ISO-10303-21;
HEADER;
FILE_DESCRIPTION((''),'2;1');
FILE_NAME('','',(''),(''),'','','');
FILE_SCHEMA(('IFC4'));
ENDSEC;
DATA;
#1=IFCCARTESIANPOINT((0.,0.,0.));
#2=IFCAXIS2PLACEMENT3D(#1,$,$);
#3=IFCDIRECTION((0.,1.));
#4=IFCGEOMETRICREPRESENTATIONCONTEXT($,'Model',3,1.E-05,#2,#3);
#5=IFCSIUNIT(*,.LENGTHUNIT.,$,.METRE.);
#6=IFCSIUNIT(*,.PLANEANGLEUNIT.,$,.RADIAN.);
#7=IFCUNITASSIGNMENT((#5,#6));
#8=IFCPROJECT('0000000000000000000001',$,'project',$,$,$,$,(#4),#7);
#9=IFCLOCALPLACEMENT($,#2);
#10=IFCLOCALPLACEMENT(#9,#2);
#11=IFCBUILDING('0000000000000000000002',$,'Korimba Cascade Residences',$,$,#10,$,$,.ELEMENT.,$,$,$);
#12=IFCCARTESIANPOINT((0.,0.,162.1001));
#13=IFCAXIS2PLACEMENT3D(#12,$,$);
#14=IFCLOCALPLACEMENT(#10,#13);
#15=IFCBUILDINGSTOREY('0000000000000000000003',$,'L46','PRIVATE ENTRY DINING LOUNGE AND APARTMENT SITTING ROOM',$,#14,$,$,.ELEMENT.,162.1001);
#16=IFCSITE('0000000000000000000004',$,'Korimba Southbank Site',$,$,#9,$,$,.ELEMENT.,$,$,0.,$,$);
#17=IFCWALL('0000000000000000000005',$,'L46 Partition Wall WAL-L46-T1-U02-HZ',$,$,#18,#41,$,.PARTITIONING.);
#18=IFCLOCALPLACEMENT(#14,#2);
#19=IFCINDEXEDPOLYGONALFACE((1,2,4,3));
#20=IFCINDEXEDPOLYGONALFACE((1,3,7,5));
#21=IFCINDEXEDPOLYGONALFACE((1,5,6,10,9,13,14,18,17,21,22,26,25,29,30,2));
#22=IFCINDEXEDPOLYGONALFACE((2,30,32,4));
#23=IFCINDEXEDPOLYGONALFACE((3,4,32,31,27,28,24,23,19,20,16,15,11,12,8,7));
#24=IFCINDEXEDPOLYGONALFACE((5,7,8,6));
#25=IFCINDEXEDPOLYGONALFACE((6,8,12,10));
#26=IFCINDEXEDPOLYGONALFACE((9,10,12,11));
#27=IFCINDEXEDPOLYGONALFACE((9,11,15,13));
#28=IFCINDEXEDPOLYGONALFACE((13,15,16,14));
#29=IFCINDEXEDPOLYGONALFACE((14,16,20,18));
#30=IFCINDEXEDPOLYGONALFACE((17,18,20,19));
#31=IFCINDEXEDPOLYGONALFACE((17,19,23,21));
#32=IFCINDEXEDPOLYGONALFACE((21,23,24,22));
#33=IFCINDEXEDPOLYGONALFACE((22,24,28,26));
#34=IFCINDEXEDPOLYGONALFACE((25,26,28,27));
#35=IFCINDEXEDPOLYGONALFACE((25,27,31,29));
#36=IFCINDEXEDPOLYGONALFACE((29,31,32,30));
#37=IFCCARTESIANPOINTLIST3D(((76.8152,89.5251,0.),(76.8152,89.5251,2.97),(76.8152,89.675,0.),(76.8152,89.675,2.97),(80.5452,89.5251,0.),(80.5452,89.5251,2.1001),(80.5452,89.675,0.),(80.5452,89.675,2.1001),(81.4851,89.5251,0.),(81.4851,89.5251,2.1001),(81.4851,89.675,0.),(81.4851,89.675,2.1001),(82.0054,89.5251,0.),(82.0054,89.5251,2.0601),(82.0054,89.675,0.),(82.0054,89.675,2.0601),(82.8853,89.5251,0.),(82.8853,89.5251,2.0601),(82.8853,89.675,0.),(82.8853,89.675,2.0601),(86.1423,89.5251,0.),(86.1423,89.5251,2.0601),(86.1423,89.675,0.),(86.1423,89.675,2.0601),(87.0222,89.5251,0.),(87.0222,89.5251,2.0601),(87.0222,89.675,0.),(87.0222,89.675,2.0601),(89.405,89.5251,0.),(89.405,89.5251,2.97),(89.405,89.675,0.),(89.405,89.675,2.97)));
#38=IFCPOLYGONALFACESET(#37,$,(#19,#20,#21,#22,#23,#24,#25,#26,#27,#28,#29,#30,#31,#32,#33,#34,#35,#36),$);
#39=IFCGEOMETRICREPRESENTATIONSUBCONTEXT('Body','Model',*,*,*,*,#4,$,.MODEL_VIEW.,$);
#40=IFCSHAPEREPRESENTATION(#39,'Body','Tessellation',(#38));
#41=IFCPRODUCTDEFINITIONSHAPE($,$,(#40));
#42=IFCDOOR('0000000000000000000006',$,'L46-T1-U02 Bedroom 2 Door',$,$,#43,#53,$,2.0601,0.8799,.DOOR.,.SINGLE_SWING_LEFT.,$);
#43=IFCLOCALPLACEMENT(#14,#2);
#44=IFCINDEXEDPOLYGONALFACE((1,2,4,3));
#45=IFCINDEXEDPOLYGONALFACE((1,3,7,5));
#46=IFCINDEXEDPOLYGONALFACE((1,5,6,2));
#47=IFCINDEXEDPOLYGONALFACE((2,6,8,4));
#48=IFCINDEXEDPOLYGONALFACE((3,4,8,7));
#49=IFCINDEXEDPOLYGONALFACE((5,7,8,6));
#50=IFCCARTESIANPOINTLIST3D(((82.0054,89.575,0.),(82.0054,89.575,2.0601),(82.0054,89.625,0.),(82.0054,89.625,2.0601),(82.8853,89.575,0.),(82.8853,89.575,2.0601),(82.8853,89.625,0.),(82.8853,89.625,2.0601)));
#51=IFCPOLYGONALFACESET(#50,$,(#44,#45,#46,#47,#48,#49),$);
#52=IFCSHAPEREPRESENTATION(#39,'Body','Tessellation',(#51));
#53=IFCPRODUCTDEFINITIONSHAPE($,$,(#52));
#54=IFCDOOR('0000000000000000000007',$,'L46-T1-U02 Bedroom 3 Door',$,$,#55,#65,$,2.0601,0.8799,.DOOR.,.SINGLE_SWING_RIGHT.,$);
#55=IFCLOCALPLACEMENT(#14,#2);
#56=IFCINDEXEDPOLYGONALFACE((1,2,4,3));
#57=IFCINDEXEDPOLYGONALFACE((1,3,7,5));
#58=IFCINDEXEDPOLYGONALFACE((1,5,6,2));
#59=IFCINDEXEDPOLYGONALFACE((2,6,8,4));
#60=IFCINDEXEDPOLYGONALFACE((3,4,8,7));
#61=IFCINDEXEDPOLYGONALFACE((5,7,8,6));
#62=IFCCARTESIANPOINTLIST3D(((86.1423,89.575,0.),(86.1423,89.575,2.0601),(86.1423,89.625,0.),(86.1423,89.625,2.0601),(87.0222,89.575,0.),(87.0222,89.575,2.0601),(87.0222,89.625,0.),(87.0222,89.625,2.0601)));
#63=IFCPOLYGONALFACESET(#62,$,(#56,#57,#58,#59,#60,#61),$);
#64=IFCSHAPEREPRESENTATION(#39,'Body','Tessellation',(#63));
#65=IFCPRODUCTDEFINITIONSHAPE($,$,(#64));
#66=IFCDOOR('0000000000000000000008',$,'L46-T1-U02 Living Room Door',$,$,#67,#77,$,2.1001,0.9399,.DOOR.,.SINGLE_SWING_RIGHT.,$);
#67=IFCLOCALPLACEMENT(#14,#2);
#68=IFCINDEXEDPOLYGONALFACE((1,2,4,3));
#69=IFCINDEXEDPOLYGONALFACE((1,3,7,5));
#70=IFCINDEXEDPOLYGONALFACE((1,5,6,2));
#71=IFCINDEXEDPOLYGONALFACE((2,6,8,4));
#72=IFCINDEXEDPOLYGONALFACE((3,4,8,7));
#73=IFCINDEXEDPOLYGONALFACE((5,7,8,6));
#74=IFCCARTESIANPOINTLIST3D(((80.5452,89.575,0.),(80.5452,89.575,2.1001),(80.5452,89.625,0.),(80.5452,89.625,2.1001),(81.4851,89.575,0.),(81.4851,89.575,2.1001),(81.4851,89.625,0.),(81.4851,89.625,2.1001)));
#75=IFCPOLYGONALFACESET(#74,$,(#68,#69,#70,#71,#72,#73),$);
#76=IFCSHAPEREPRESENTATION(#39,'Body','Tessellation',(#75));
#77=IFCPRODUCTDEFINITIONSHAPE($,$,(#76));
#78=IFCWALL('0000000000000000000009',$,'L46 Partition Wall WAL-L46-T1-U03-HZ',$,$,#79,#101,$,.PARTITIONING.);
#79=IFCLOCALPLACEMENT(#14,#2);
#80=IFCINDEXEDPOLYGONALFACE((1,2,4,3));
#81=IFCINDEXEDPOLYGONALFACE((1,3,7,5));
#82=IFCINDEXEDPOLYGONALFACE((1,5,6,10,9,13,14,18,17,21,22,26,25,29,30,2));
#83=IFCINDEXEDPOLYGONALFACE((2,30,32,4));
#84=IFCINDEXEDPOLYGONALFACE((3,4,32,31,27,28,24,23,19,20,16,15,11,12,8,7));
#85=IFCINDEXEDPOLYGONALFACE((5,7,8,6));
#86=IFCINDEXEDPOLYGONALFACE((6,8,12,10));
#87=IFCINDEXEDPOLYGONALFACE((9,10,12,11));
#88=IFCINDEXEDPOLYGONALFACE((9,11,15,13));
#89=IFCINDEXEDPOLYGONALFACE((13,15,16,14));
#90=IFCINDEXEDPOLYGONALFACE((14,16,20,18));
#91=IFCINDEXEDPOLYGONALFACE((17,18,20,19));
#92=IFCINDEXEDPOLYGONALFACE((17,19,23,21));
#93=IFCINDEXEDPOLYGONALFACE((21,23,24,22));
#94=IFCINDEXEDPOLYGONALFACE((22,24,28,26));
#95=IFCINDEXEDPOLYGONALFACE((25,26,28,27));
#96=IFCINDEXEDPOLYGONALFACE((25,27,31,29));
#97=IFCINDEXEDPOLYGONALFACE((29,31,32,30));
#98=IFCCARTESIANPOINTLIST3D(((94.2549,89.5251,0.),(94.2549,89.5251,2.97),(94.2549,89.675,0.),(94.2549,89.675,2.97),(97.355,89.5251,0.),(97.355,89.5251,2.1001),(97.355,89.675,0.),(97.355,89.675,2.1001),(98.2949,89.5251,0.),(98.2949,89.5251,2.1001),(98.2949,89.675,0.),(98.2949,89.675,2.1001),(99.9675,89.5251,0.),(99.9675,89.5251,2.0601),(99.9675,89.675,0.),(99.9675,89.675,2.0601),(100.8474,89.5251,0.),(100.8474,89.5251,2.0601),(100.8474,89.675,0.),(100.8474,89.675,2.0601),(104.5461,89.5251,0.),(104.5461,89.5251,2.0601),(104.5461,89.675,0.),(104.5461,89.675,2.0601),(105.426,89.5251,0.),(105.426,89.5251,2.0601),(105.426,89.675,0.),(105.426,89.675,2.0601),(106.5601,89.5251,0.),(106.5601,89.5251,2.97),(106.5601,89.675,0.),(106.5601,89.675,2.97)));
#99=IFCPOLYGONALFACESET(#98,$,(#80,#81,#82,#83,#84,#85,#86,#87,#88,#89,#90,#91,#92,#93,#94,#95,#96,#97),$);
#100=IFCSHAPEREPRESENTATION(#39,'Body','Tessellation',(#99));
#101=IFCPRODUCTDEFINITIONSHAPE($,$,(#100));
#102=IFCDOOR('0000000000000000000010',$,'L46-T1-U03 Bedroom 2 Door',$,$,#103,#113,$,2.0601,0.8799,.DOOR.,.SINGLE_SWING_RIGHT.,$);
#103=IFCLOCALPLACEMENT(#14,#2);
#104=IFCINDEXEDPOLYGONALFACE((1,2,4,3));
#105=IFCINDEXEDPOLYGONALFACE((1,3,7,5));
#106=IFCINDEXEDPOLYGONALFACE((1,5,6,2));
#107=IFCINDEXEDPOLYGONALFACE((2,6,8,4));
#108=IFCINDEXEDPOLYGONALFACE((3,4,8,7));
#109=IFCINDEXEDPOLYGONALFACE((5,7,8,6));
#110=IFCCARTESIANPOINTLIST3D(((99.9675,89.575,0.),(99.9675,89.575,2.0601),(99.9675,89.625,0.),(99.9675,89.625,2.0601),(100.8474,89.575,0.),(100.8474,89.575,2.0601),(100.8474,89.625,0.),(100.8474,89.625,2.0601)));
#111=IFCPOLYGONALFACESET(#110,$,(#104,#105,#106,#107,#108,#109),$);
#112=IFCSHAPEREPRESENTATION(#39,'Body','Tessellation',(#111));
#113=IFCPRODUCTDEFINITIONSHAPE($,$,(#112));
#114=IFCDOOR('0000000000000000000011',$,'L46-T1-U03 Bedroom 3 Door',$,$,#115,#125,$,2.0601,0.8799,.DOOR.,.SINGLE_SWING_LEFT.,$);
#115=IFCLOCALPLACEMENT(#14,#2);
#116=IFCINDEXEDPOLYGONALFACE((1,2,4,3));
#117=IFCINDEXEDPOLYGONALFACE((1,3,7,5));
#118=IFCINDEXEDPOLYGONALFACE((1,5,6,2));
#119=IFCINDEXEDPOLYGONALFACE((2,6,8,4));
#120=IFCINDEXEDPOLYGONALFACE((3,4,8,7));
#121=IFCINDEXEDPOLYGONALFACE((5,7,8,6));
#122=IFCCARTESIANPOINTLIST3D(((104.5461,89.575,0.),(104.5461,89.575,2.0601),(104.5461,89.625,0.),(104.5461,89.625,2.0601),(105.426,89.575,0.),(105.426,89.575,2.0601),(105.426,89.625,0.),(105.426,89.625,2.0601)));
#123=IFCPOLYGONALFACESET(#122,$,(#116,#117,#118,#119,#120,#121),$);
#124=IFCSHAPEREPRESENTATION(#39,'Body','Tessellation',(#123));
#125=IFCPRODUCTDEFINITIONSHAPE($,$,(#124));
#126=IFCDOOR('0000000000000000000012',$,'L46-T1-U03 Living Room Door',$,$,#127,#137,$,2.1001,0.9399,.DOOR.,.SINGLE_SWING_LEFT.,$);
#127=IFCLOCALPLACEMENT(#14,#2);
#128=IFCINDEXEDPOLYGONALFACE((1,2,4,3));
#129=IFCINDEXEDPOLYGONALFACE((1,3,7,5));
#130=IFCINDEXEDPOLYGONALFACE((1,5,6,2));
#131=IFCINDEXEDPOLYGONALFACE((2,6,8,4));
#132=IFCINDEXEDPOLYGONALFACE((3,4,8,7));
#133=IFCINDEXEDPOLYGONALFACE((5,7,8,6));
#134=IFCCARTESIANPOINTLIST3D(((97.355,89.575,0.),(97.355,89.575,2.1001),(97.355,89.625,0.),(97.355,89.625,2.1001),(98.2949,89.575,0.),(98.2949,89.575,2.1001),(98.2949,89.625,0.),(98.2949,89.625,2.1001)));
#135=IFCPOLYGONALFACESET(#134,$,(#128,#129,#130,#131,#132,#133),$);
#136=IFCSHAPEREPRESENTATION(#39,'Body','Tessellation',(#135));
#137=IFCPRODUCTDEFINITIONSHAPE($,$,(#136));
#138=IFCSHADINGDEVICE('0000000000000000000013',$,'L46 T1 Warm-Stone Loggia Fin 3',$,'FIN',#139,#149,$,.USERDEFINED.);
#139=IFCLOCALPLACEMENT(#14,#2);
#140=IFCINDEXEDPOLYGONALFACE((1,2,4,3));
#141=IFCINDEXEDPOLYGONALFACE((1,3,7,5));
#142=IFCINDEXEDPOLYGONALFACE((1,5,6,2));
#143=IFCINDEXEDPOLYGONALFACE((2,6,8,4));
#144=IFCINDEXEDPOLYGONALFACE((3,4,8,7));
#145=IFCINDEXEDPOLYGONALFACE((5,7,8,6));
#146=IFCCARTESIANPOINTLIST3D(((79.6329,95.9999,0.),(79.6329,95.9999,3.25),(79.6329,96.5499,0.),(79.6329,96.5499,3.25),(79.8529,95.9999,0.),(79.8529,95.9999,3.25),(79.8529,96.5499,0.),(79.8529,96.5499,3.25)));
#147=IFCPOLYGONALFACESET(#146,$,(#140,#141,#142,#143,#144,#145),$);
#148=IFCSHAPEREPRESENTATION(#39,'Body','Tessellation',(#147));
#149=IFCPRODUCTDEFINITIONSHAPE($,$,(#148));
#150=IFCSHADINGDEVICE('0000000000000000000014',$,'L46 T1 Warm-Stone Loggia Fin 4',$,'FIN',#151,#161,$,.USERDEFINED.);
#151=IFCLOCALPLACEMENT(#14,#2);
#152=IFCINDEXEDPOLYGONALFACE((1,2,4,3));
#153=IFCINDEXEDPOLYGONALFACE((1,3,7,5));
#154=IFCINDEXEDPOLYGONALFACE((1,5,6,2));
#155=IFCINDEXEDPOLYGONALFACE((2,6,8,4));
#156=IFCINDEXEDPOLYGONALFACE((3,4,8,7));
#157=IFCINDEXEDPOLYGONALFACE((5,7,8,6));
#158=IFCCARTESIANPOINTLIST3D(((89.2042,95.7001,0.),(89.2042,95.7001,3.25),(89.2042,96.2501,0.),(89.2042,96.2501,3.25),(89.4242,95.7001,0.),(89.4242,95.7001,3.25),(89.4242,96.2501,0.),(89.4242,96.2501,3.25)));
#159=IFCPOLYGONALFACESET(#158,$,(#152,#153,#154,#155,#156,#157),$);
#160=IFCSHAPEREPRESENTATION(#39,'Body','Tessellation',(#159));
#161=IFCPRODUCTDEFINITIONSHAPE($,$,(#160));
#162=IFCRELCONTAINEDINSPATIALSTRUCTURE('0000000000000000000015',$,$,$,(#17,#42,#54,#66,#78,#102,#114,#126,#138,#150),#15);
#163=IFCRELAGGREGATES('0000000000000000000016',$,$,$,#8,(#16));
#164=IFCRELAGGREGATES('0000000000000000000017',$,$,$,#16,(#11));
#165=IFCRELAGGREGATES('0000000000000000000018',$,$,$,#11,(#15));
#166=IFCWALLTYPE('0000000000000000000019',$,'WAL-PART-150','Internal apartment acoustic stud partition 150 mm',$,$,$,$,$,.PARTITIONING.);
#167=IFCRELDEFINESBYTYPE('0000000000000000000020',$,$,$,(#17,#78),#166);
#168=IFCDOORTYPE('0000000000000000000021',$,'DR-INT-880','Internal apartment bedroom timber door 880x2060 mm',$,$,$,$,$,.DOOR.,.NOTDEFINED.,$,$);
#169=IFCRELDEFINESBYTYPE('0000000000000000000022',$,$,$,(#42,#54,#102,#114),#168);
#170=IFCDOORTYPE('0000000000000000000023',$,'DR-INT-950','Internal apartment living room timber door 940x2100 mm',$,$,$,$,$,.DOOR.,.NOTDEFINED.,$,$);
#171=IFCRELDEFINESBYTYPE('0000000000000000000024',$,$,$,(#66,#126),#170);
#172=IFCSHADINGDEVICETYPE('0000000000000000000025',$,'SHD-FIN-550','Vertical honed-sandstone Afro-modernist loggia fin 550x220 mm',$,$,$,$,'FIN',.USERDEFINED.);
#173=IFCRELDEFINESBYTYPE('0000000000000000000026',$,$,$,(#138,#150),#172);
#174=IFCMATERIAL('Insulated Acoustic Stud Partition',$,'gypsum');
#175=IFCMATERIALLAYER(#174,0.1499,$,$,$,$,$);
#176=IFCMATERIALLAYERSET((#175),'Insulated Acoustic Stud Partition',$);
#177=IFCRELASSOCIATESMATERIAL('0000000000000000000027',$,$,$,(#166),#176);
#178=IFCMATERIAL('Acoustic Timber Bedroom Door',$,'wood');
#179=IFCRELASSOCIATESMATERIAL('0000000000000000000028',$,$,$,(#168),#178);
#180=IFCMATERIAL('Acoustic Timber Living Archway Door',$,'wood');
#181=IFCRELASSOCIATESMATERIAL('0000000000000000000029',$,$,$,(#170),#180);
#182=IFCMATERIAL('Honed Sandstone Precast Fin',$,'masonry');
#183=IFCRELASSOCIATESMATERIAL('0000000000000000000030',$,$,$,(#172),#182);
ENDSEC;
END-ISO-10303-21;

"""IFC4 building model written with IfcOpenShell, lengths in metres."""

from ifc_helpers import new_model, si_unit, direction, frame, frame_2d, origin, origin_2d, place, context, subcontext, project, spatial, rectangle, extrude, material, layer, layer_set, type_object, element, fill, save


model = new_model("IFC4")

# Units and contexts
model_context = context("Model", 3, precision=1e-05, world=origin(), true_north=direction((0.0, 1.0)))
body_context = subcontext(model_context, "Body", "Model", "MODEL_VIEW")
ifc_project = project(units=[si_unit("LENGTHUNIT", "METRE"), si_unit("PLANEANGLEUNIT", "RADIAN")], contexts=[model_context])

# Site, building, storey
site_placement = place(None, origin())
site = spatial("IfcSite", under=ifc_project, at=site_placement, Name="Korimba Southbank Site", CompositionType="ELEMENT", RefElevation=0.0)
building_placement = place(site_placement, origin())
building = spatial("IfcBuilding", under=site, at=building_placement, Name="Korimba Cascade Residences", CompositionType="ELEMENT")
storey_placement = place(building_placement, frame((0.0, 0.0, 162.1001)))
storey = spatial("IfcBuildingStorey", under=building, at=storey_placement, Name="L46", Description="PRIVATE ENTRY DINING LOUNGE AND APARTMENT SITTING ROOM", CompositionType="ELEMENT", Elevation=162.1001)

# Shared definitions
ifc_material_1 = material(Name="Insulated Acoustic Stud Partition", Category="gypsum")
ifc_layer = layer(ifc_material_1, 0.1499)
ifc_layer_set = layer_set([ifc_layer], Name="Insulated Acoustic Stud Partition")
wall_type = type_object("IfcWallType", Name="WAL-PART-150", Description="Internal apartment acoustic stud partition 150 mm", PredefinedType="PARTITIONING", material=ifc_layer_set)

# Walls, openings, doors
wall_1_placement = place(storey_placement, frame((76.8152, 89.6001, 0.0), z_axis=(0.0, 0.0, 1.0), x_axis=(1.0, 0.0, 0.0)))
wall_1 = element("IfcWall", 1, at=wall_1_placement, inside=storey, type_object=wall_type, Name="L46 Partition Wall WAL-L46-T1-U02-HZ", PredefinedType="PARTITIONING", context=body_context, shape_type="SweptSolid", body=[
    extrude(rectangle(XDim=12.5898, YDim=0.1499, at=frame_2d((6.2949, 0.0))), origin(), (0.0, 0.0, 1.0), 2.97),
])
opening_1_placement = place(wall_1_placement, frame((3.73, 0.0, 0.0)))
opening_1 = element("IfcOpeningElement", 2, at=opening_1_placement, cuts=wall_1, PredefinedType="OPENING", context=body_context, shape_type="SweptSolid", body=[
    extrude(rectangle(XDim=0.9399, YDim=2.1001, at=frame_2d((0.47, 1.05))), frame((0.0, 0.085, 0.0), z_axis=(0.0, -1.0, 0.0), x_axis=(1.0, 0.0, 0.0)), (0.0, 0.0, 1.0), 0.1699),
])
opening_2_placement = place(wall_1_placement, frame((5.1902, 0.0, 0.0)))
opening_2 = element("IfcOpeningElement", 3, at=opening_2_placement, cuts=wall_1, PredefinedType="OPENING", context=body_context, shape_type="SweptSolid", body=[
    extrude(rectangle(XDim=0.8799, YDim=2.0601, at=frame_2d((0.4399, 1.03))), frame((0.0, 0.085, 0.0), z_axis=(0.0, -1.0, 0.0), x_axis=(1.0, 0.0, 0.0)), (0.0, 0.0, 1.0), 0.1699),
])
opening_3_placement = place(wall_1_placement, frame((9.3271, 0.0, 0.0)))
opening_3 = element("IfcOpeningElement", 4, at=opening_3_placement, cuts=wall_1, PredefinedType="OPENING", context=body_context, shape_type="SweptSolid", body=[
    extrude(rectangle(XDim=0.8799, YDim=2.0601, at=frame_2d((0.4399, 1.03))), frame((0.0, 0.085, 0.0), z_axis=(0.0, -1.0, 0.0), x_axis=(1.0, 0.0, 0.0)), (0.0, 0.0, 1.0), 0.1699),
])
ifc_material_2 = material(Name="Acoustic Timber Bedroom Door", Category="wood")
door_type_1 = type_object("IfcDoorType", Name="DR-INT-880", Description="Internal apartment bedroom timber door 880x2060 mm", OperationType="NOTDEFINED", PredefinedType="DOOR", material=ifc_material_2)
door_1_placement = place(opening_2_placement, origin())
door_1 = element("IfcDoor", 5, at=door_1_placement, inside=storey, type_object=door_type_1, Name="L46-T1-U02 Bedroom 2 Door", OperationType="SINGLE_SWING_LEFT", OverallHeight=2.0601, OverallWidth=0.8799, PredefinedType="DOOR", context=body_context, shape_type="SweptSolid", body=[
    extrude(rectangle(XDim=0.8799, YDim=2.0601, at=frame_2d((0.4399, 1.03))), frame((0.0, 0.0249, 0.0), z_axis=(0.0, -1.0, 0.0), x_axis=(1.0, 0.0, 0.0)), (0.0, 0.0, 1.0), 0.05),
])
fill(opening_2, door_1)
door_2_placement = place(opening_3_placement, origin())
door_2 = element("IfcDoor", 6, at=door_2_placement, inside=storey, type_object=door_type_1, Name="L46-T1-U02 Bedroom 3 Door", OperationType="SINGLE_SWING_RIGHT", OverallHeight=2.0601, OverallWidth=0.8799, PredefinedType="DOOR", context=body_context, shape_type="SweptSolid", body=[
    extrude(rectangle(XDim=0.8799, YDim=2.0601, at=frame_2d((0.4399, 1.03))), frame((0.0, 0.0249, 0.0), z_axis=(0.0, -1.0, 0.0), x_axis=(1.0, 0.0, 0.0)), (0.0, 0.0, 1.0), 0.05),
])
fill(opening_3, door_2)
ifc_material_3 = material(Name="Acoustic Timber Living Archway Door", Category="wood")
door_type_2 = type_object("IfcDoorType", Name="DR-INT-950", Description="Internal apartment living room timber door 940x2100 mm", OperationType="NOTDEFINED", PredefinedType="DOOR", material=ifc_material_3)
door_3_placement = place(opening_1_placement, origin())
door_3 = element("IfcDoor", 7, at=door_3_placement, inside=storey, type_object=door_type_2, Name="L46-T1-U02 Living Room Door", OperationType="SINGLE_SWING_RIGHT", OverallHeight=2.1001, OverallWidth=0.9399, PredefinedType="DOOR", context=body_context, shape_type="SweptSolid", body=[
    extrude(rectangle(XDim=0.9399, YDim=2.1001, at=frame_2d((0.47, 1.05))), frame((0.0, 0.0249, 0.0), z_axis=(0.0, -1.0, 0.0), x_axis=(1.0, 0.0, 0.0)), (0.0, 0.0, 1.0), 0.05),
])
fill(opening_1, door_3)
wall_2_placement = place(storey_placement, frame((94.2549, 89.6001, 0.0), z_axis=(0.0, 0.0, 1.0), x_axis=(1.0, 0.0, 0.0)))
wall_2 = element("IfcWall", 8, at=wall_2_placement, inside=storey, type_object=wall_type, Name="L46 Partition Wall WAL-L46-T1-U03-HZ", PredefinedType="PARTITIONING", context=body_context, shape_type="SweptSolid", body=[
    extrude(rectangle(XDim=12.3052, YDim=0.1499, at=frame_2d((6.1526, 0.0))), origin(), (0.0, 0.0, 1.0), 2.97),
])
opening_4_placement = place(wall_2_placement, frame((3.1001, 0.0, 0.0)))
opening_4 = element("IfcOpeningElement", 9, at=opening_4_placement, cuts=wall_2, PredefinedType="OPENING", context=body_context, shape_type="SweptSolid", body=[
    extrude(rectangle(XDim=0.9399, YDim=2.1001, at=frame_2d((0.47, 1.05))), frame((0.0, 0.085, 0.0), z_axis=(0.0, -1.0, 0.0), x_axis=(1.0, 0.0, 0.0)), (0.0, 0.0, 1.0), 0.1699),
])
opening_5_placement = place(wall_2_placement, frame((5.7126, 0.0, 0.0)))
opening_5 = element("IfcOpeningElement", 10, at=opening_5_placement, cuts=wall_2, PredefinedType="OPENING", context=body_context, shape_type="SweptSolid", body=[
    extrude(rectangle(XDim=0.8799, YDim=2.0601, at=frame_2d((0.4399, 1.03))), frame((0.0, 0.085, 0.0), z_axis=(0.0, -1.0, 0.0), x_axis=(1.0, 0.0, 0.0)), (0.0, 0.0, 1.0), 0.1699),
])
opening_6_placement = place(wall_2_placement, frame((10.2913, 0.0, 0.0)))
opening_6 = element("IfcOpeningElement", 11, at=opening_6_placement, cuts=wall_2, PredefinedType="OPENING", context=body_context, shape_type="SweptSolid", body=[
    extrude(rectangle(XDim=0.8799, YDim=2.0601, at=frame_2d((0.4399, 1.03))), frame((0.0, 0.085, 0.0), z_axis=(0.0, -1.0, 0.0), x_axis=(1.0, 0.0, 0.0)), (0.0, 0.0, 1.0), 0.1699),
])
door_4_placement = place(opening_5_placement, origin())
door_4 = element("IfcDoor", 12, at=door_4_placement, inside=storey, type_object=door_type_1, Name="L46-T1-U03 Bedroom 2 Door", OperationType="SINGLE_SWING_RIGHT", OverallHeight=2.0601, OverallWidth=0.8799, PredefinedType="DOOR", context=body_context, shape_type="SweptSolid", body=[
    extrude(rectangle(XDim=0.8799, YDim=2.0601, at=frame_2d((0.4399, 1.03))), frame((0.0, 0.0249, 0.0), z_axis=(0.0, -1.0, 0.0), x_axis=(1.0, 0.0, 0.0)), (0.0, 0.0, 1.0), 0.05),
])
fill(opening_5, door_4)
door_5_placement = place(opening_6_placement, origin())
door_5 = element("IfcDoor", 13, at=door_5_placement, inside=storey, type_object=door_type_1, Name="L46-T1-U03 Bedroom 3 Door", OperationType="SINGLE_SWING_LEFT", OverallHeight=2.0601, OverallWidth=0.8799, PredefinedType="DOOR", context=body_context, shape_type="SweptSolid", body=[
    extrude(rectangle(XDim=0.8799, YDim=2.0601, at=frame_2d((0.4399, 1.03))), frame((0.0, 0.0249, 0.0), z_axis=(0.0, -1.0, 0.0), x_axis=(1.0, 0.0, 0.0)), (0.0, 0.0, 1.0), 0.05),
])
fill(opening_6, door_5)
door_6_placement = place(opening_4_placement, origin())
door_6 = element("IfcDoor", 14, at=door_6_placement, inside=storey, type_object=door_type_2, Name="L46-T1-U03 Living Room Door", OperationType="SINGLE_SWING_LEFT", OverallHeight=2.1001, OverallWidth=0.9399, PredefinedType="DOOR", context=body_context, shape_type="SweptSolid", body=[
    extrude(rectangle(XDim=0.9399, YDim=2.1001, at=frame_2d((0.47, 1.05))), frame((0.0, 0.0249, 0.0), z_axis=(0.0, -1.0, 0.0), x_axis=(1.0, 0.0, 0.0)), (0.0, 0.0, 1.0), 0.05),
])
fill(opening_4, door_6)

# Shading devices
ifc_material_4 = material(Name="Honed Sandstone Precast Fin", Category="masonry")
shading_device_type = type_object("IfcShadingDeviceType", Name="SHD-FIN-550", Description="Vertical honed-sandstone Afro-modernist loggia fin 550x220 mm", ElementType="FIN", PredefinedType="USERDEFINED", material=ifc_material_4)
for number, where, z_axis, x_axis, name in (
    (15, (79.7429, 96.2749, 0.0), (0.0, 0.0, 1.0), (1.0, 0.0, 0.0), "L46 T1 Warm-Stone Loggia Fin 3"),
    (16, (89.3142, 95.9751, 0.0), (0.0, 0.0, 1.0), (1.0, 0.0, 0.0), "L46 T1 Warm-Stone Loggia Fin 4"),
):
    element("IfcShadingDevice", number, at=place(storey_placement, frame(where, z_axis=z_axis, x_axis=x_axis)), inside=storey, type_object=shading_device_type, Name=name, ObjectType="FIN", PredefinedType="USERDEFINED", context=body_context, shape_type="SweptSolid", body=[
        extrude(rectangle(XDim=0.22, YDim=0.55, at=origin_2d()), origin(), (0.0, 0.0, 1.0), 3.25),
    ])

save(model, "model.ifc")
